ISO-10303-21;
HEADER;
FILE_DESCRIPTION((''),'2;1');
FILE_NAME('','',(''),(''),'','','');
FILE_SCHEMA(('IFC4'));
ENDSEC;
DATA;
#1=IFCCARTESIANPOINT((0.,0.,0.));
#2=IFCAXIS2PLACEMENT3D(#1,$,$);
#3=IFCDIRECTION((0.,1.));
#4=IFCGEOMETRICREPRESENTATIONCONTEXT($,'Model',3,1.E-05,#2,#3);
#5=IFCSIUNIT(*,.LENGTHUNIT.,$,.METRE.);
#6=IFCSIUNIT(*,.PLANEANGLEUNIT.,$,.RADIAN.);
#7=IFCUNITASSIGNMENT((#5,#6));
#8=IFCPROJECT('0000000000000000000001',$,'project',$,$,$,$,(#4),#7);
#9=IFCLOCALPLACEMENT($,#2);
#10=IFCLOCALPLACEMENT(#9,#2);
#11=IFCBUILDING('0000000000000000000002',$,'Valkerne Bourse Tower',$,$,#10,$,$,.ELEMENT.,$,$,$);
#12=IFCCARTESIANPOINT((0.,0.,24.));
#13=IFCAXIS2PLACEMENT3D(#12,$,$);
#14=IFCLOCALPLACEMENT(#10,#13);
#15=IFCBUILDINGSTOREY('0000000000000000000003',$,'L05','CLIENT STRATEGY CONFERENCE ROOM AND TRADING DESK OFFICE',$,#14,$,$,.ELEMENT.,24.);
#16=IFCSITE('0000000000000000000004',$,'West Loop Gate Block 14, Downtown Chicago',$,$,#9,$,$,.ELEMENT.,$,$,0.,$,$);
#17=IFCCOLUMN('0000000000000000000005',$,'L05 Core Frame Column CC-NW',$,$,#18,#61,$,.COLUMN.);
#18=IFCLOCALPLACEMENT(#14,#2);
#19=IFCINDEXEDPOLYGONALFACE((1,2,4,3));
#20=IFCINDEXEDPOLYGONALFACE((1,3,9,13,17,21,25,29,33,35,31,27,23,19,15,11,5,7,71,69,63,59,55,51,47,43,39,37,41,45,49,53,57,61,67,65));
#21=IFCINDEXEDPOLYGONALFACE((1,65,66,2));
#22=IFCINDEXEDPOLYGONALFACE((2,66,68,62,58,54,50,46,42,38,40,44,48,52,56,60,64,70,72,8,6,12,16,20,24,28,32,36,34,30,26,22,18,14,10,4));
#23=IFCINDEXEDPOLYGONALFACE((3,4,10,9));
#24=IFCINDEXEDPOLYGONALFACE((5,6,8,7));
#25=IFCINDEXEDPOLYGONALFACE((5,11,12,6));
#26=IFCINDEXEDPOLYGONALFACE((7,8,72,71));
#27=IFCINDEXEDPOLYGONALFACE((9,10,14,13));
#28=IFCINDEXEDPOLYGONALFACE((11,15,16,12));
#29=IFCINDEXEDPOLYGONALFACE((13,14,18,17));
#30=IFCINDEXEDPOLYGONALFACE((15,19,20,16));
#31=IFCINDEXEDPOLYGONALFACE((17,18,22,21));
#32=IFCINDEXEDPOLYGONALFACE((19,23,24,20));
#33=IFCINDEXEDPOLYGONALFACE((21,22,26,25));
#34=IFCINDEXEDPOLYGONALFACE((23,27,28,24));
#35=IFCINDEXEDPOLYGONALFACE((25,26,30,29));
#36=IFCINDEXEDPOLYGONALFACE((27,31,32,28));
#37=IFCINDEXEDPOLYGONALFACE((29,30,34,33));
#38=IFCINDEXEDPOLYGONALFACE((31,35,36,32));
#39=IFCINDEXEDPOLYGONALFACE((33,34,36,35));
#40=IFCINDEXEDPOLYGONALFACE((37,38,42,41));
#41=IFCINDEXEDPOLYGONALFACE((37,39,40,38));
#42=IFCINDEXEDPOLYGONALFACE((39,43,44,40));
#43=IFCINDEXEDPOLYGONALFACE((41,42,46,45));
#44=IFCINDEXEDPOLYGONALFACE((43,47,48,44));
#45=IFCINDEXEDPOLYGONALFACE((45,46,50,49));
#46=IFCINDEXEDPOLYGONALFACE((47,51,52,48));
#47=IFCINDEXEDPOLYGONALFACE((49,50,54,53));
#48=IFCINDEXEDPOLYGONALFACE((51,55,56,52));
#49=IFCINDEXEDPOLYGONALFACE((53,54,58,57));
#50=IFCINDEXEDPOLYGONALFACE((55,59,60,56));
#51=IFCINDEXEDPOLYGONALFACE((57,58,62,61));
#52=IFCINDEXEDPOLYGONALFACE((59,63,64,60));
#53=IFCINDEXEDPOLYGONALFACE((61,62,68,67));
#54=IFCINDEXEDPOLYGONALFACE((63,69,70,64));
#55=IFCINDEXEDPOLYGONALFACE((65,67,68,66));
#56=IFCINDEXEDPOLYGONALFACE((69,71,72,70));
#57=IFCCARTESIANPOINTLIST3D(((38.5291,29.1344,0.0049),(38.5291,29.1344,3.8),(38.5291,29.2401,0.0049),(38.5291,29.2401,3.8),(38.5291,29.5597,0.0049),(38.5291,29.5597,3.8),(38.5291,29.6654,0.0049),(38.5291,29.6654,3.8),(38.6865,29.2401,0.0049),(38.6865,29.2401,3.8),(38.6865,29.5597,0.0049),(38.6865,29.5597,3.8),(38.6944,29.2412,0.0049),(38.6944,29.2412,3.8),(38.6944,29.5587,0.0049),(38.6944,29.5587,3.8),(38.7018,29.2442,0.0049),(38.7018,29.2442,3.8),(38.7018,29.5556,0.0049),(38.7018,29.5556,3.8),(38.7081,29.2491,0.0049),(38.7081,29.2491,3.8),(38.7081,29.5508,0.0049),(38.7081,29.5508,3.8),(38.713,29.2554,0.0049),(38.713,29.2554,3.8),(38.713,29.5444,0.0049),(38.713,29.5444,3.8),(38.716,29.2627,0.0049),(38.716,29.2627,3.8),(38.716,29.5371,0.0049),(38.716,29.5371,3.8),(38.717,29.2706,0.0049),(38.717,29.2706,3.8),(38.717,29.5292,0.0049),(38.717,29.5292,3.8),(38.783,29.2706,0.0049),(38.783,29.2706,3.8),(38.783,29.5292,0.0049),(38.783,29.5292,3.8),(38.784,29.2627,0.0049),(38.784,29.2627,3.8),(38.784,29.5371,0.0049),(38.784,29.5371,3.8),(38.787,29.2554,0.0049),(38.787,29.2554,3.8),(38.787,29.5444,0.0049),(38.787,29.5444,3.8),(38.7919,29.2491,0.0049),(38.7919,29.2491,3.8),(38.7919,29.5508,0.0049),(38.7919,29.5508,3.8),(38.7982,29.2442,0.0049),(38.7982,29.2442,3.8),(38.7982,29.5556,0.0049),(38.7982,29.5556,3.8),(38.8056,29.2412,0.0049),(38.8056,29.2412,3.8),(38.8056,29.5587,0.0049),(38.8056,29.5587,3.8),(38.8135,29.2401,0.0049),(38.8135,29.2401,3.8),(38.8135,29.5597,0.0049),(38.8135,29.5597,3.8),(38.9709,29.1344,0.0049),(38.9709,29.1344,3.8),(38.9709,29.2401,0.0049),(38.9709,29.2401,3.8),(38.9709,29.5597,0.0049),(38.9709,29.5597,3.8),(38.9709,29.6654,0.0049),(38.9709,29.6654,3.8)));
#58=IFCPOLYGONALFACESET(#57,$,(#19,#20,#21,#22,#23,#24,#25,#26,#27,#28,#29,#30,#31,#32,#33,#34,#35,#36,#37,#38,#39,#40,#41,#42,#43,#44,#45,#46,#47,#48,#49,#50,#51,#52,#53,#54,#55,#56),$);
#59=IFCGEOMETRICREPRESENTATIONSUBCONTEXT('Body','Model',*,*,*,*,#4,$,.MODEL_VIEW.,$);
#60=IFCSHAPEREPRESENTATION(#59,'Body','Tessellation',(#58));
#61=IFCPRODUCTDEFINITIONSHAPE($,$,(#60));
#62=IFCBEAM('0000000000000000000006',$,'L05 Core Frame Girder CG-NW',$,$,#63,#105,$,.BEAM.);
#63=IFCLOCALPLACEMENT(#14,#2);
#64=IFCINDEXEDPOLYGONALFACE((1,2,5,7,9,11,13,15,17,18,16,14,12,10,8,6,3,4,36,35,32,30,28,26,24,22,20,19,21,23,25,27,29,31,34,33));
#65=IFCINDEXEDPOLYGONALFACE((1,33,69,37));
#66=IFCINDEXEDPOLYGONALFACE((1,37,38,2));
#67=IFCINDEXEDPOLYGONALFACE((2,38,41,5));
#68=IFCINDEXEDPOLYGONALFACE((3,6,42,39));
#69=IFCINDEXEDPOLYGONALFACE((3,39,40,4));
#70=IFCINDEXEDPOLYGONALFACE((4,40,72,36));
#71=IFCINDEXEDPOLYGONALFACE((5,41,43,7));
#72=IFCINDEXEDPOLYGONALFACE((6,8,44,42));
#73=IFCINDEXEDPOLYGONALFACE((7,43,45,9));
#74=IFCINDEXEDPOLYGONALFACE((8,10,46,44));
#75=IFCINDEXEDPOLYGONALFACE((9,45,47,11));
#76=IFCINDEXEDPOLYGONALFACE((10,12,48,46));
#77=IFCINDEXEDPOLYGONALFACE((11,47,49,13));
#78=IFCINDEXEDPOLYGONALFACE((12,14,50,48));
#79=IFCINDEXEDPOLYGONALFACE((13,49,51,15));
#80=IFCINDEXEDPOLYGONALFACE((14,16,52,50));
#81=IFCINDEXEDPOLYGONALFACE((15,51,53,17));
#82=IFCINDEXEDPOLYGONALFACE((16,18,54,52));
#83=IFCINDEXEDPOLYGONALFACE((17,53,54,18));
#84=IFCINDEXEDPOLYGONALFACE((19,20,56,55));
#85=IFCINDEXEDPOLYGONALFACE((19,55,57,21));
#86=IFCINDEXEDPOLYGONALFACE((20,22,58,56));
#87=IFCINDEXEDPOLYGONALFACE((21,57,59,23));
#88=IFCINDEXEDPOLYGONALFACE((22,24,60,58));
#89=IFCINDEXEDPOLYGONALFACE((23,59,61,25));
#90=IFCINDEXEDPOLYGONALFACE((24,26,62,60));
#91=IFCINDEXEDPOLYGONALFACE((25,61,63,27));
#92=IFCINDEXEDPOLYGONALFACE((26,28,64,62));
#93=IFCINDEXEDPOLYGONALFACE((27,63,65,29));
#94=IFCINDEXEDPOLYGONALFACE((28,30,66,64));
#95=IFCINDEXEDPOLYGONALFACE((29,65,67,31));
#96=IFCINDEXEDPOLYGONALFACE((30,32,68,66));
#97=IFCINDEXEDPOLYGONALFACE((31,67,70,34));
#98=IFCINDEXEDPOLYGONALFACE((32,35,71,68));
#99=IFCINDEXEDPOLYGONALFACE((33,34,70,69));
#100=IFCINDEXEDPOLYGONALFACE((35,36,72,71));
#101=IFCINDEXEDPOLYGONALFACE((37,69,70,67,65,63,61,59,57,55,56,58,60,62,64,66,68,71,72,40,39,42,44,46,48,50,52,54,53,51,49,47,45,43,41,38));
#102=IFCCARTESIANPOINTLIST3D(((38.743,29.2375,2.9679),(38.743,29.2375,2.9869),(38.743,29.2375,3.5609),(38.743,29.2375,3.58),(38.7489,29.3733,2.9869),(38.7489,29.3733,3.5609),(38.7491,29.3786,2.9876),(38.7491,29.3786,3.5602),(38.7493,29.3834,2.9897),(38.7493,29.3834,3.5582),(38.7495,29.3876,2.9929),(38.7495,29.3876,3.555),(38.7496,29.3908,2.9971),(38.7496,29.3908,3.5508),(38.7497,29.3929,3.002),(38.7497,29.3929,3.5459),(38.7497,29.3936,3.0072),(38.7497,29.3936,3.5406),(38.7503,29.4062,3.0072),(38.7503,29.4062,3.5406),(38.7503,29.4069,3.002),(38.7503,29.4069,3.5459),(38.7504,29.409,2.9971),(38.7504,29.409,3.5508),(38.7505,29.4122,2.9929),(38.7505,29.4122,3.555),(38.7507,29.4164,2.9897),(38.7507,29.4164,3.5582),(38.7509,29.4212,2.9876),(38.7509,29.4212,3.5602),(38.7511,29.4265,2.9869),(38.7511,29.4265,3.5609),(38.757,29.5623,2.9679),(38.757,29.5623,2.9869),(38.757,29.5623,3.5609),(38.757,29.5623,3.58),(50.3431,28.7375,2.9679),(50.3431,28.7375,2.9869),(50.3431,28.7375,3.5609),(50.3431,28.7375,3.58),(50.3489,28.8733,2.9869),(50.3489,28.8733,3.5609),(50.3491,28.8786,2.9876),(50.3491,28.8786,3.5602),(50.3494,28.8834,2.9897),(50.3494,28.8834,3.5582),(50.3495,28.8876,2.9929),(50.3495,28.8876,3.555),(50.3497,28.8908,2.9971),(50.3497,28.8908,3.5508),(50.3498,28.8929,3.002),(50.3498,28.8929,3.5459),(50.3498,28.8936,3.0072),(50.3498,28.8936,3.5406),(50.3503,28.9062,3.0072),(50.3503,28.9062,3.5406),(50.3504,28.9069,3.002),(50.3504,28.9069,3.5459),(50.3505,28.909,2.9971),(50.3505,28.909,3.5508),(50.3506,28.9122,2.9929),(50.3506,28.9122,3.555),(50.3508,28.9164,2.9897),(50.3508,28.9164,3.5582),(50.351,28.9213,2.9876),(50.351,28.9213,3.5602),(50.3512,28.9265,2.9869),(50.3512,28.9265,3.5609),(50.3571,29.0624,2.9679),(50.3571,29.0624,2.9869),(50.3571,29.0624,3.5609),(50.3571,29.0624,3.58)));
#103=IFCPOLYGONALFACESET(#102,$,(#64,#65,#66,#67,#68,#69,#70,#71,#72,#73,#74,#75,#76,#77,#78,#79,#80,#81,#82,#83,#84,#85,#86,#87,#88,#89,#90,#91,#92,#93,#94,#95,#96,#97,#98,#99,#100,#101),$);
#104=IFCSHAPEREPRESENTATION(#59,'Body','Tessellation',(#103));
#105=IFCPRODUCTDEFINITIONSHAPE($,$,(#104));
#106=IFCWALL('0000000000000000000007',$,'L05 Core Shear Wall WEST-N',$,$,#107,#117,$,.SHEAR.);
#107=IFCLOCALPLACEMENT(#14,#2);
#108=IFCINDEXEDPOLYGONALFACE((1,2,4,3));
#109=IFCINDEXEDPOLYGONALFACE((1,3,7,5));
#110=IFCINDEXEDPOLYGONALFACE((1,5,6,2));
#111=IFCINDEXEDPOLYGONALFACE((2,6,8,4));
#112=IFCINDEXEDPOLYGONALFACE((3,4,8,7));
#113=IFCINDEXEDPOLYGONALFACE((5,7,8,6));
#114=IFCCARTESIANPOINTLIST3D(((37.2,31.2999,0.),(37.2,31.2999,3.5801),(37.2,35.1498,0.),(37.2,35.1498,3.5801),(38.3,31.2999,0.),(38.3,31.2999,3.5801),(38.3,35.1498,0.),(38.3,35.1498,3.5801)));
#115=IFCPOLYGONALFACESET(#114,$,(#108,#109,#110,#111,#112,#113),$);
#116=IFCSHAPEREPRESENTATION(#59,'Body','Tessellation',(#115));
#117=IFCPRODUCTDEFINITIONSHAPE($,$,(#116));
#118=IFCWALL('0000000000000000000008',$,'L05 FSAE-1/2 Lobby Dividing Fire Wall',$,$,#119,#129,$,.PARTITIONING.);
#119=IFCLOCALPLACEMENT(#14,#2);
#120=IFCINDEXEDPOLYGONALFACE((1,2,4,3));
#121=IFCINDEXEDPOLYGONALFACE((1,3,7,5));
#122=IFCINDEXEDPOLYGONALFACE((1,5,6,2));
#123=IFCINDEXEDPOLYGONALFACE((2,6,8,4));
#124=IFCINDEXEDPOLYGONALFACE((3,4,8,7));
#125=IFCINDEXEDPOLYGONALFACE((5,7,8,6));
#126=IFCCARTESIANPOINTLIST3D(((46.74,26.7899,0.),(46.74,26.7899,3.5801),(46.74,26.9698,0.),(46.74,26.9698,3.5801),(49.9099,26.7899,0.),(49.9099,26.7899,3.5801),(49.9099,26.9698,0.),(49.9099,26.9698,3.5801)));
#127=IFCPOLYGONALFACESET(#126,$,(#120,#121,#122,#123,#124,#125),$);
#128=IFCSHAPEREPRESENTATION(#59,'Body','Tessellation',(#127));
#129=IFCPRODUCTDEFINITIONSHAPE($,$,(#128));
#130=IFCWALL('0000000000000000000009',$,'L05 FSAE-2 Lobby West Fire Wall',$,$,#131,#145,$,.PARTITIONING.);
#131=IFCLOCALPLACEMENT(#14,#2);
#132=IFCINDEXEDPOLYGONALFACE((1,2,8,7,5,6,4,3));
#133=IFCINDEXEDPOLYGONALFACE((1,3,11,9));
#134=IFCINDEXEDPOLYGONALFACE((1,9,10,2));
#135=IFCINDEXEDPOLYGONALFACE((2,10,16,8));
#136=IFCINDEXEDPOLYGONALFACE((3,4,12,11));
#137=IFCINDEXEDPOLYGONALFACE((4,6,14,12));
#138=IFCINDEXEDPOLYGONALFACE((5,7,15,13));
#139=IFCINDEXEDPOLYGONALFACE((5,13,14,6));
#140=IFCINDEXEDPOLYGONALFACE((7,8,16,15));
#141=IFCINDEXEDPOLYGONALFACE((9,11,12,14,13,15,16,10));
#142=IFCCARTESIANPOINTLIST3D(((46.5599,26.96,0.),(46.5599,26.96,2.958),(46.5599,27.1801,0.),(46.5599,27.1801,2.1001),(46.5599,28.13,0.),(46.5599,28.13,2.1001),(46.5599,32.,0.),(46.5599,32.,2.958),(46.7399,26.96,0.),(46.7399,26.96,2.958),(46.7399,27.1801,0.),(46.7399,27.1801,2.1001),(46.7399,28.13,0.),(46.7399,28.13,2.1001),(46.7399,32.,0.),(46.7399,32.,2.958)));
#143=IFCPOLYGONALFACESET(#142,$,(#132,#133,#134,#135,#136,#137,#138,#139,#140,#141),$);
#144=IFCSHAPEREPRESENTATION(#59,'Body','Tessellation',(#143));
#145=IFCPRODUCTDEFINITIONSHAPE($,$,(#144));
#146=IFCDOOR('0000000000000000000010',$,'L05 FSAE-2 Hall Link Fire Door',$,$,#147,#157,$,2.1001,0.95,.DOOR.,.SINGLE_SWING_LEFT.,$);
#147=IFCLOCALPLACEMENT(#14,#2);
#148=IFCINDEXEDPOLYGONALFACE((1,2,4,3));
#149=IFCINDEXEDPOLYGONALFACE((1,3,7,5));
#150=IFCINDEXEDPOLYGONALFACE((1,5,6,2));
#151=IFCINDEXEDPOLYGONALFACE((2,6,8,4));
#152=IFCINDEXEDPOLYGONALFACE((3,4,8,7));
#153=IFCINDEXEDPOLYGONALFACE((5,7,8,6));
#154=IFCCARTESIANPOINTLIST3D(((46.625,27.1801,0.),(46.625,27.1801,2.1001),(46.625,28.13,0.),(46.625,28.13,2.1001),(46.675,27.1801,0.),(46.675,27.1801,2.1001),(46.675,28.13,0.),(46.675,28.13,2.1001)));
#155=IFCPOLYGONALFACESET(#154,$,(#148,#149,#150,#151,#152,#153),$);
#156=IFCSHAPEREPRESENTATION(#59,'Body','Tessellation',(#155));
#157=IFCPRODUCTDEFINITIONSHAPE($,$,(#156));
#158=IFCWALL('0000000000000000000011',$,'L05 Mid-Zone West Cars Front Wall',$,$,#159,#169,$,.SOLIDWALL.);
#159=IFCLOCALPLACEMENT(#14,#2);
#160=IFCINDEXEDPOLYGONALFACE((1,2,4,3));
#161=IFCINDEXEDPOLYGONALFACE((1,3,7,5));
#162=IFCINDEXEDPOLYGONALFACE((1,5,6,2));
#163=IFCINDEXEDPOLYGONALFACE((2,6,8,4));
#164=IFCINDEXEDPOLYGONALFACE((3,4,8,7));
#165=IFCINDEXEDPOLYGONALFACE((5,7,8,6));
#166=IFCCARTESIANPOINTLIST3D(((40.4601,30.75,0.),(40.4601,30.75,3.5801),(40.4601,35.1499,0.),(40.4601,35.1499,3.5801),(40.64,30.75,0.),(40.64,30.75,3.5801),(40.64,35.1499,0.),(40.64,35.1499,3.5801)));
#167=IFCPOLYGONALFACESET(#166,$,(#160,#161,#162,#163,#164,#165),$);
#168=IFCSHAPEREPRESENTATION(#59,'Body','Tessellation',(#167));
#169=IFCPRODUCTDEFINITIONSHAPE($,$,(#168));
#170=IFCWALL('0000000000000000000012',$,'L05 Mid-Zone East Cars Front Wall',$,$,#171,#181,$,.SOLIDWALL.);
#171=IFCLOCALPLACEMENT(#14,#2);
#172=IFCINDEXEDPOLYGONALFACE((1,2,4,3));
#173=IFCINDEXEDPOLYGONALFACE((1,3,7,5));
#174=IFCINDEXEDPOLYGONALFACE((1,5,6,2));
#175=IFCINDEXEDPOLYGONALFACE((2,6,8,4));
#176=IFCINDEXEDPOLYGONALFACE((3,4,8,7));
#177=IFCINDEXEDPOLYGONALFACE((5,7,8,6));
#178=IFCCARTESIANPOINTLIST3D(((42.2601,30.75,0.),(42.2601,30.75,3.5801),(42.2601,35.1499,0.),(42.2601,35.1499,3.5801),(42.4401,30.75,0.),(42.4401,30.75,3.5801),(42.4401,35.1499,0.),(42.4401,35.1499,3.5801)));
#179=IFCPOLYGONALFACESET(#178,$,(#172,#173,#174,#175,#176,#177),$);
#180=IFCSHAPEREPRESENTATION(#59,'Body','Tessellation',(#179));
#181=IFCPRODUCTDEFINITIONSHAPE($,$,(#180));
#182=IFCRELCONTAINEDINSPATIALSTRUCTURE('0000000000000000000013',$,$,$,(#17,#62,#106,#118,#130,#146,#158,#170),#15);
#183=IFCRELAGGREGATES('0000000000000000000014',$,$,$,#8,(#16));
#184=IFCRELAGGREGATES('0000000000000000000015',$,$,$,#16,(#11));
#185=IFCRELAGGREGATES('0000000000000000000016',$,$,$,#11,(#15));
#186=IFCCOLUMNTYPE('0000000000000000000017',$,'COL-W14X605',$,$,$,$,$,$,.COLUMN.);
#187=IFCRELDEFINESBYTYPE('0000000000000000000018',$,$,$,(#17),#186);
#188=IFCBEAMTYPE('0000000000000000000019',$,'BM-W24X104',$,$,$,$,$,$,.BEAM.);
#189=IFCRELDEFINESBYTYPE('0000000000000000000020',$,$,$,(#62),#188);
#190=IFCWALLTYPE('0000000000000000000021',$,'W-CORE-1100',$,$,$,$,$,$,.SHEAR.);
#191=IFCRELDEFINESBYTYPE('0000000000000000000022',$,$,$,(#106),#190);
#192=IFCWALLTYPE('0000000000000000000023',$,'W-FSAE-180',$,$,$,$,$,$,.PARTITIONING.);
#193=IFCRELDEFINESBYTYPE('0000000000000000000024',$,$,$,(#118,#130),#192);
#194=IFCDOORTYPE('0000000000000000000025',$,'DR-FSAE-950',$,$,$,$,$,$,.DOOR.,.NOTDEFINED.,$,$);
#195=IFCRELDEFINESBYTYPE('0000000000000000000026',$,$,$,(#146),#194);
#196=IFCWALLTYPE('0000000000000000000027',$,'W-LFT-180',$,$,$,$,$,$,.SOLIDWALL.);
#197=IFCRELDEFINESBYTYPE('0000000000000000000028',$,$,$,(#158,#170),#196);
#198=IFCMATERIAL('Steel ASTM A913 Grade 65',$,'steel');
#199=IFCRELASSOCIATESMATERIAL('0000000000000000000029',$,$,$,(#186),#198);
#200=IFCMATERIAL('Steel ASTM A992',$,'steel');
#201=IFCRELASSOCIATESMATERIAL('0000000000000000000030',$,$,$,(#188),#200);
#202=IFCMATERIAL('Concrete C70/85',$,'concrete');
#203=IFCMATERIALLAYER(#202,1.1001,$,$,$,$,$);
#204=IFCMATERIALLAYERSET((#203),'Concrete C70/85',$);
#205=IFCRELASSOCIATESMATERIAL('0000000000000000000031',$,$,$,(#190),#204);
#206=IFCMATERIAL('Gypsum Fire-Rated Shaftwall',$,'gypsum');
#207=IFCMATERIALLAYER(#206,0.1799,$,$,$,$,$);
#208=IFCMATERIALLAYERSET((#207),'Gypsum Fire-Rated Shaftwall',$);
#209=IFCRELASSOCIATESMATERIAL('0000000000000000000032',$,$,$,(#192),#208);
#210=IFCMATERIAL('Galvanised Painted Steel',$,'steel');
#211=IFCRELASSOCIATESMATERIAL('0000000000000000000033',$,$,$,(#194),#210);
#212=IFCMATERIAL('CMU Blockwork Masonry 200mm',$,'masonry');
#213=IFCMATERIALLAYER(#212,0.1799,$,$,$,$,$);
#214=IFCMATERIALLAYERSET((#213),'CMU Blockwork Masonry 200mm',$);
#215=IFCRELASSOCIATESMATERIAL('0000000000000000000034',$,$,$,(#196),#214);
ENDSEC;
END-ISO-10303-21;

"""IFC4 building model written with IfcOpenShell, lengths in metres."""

from ifc_helpers import new_model, si_unit, direction, frame, frame_2d, origin, origin_2d, place, context, subcontext, project, spatial, rectangle, i_section, extrude, material, layer, layer_set, material_profile, profile_set, type_object, element, fill, save


model = new_model("IFC4")

# Units and contexts
model_context = context("Model", 3, precision=1e-05, world=origin(), true_north=direction((0.0, 1.0)))
body_context = subcontext(model_context, "Body", "Model", "MODEL_VIEW")
ifc_project = project(units=[si_unit("LENGTHUNIT", "METRE"), si_unit("PLANEANGLEUNIT", "RADIAN")], contexts=[model_context])

# Site, building, storey
site_placement = place(None, origin())
site = spatial("IfcSite", under=ifc_project, at=site_placement, Name="West Loop Gate Block 14, Downtown Chicago", CompositionType="ELEMENT", RefElevation=0.0)
building_placement = place(site_placement, origin())
building = spatial("IfcBuilding", under=site, at=building_placement, Name="Valkerne Bourse Tower", CompositionType="ELEMENT")
storey_placement = place(building_placement, frame((0.0, 0.0, 24.0)))
storey = spatial("IfcBuildingStorey", under=building, at=storey_placement, Name="L05", Description="CLIENT STRATEGY CONFERENCE ROOM AND TRADING DESK OFFICE", CompositionType="ELEMENT", Elevation=24.0)

# Column
ifc_material_1 = material(Name="Steel ASTM A913 Grade 65", Category="steel")
ifc_material_profile_1 = material_profile(ifc_material_1, i_section(OverallWidth=0.4419, OverallDepth=0.531, WebThickness=0.0659, FlangeThickness=0.1057, FilletRadius=0.0305, at=origin_2d()), Name="W14X605")
ifc_profile_set_1 = profile_set([ifc_material_profile_1], Name="Steel ASTM A913 Grade 65")
column_type = type_object("IfcColumnType", Name="COL-W14X605", PredefinedType="COLUMN", material=ifc_profile_set_1)
column_placement = place(storey_placement, frame((38.75, 29.3999, 0.0049), z_axis=(0.0, 0.0, 1.0), x_axis=(1.0, 0.0, 0.0)))
element("IfcColumn", 1, at=column_placement, inside=storey, type_object=column_type, Name="L05 Core Frame Column CC-NW", PredefinedType="COLUMN", context=body_context, shape_type="SweptSolid", body=[
    extrude(i_section(OverallWidth=0.4419, OverallDepth=0.531, WebThickness=0.0659, FlangeThickness=0.1057, FilletRadius=0.0305, at=origin_2d()), origin(), (0.0, 0.0, 1.0), 3.7952),
])

# Beam
ifc_material_2 = material(Name="Steel ASTM A992", Category="steel")
ifc_material_profile_2 = material_profile(ifc_material_2, i_section(OverallWidth=0.3252, OverallDepth=0.6121, WebThickness=0.0127, FlangeThickness=0.019, FilletRadius=0.0203, at=origin_2d()), Name="W24X104")
ifc_profile_set_2 = profile_set([ifc_material_profile_2], Name="Steel ASTM A992")
beam_type = type_object("IfcBeamType", Name="BM-W24X104", PredefinedType="BEAM", material=ifc_profile_set_2)
beam_placement = place(storey_placement, frame((38.75, 29.3999, 3.2739), z_axis=(0.999072, -0.043063, 0.0), x_axis=(0.043063, 0.999072, 0.0)))
element("IfcBeam", 2, at=beam_placement, inside=storey, type_object=beam_type, Name="L05 Core Frame Girder CG-NW", PredefinedType="BEAM", context=body_context, shape_type="SweptSolid", body=[
    extrude(i_section(OverallWidth=0.3252, OverallDepth=0.6121, WebThickness=0.0127, FlangeThickness=0.019, FilletRadius=0.0203, at=origin_2d()), origin(), (0.0, 0.0, 1.0), 11.6108),
])

# Shared definitions
ifc_material_3 = material(Name="Concrete C70/85", Category="concrete")
ifc_layer_1 = layer(ifc_material_3, 1.1001)
ifc_layer_set_1 = layer_set([ifc_layer_1], Name="Concrete C70/85")
wall_type_1 = type_object("IfcWallType", Name="W-CORE-1100", PredefinedType="SHEAR", material=ifc_layer_set_1)
ifc_material_4 = material(Name="Galvanised Painted Steel", Category="steel")

# Walls
wall_1_placement = place(storey_placement, frame((37.75, 31.3, 0.0), z_axis=(0.0, 0.0, 1.0), x_axis=(0.0, 1.0, 0.0)))
element("IfcWall", 3, at=wall_1_placement, inside=storey, type_object=wall_type_1, Name="L05 Core Shear Wall WEST-N", PredefinedType="SHEAR", context=body_context, shape_type="SweptSolid", body=[
    extrude(rectangle(XDim=3.8499, YDim=1.1001, at=frame_2d((1.9248, 0.0))), origin(), (0.0, 0.0, 1.0), 3.5801),
])
ifc_material_5 = material(Name="Gypsum Fire-Rated Shaftwall", Category="gypsum")
ifc_layer_2 = layer(ifc_material_5, 0.1799)
ifc_layer_set_2 = layer_set([ifc_layer_2], Name="Gypsum Fire-Rated Shaftwall")
wall_type_2 = type_object("IfcWallType", Name="W-FSAE-180", PredefinedType="PARTITIONING", material=ifc_layer_set_2)
wall_2_placement = place(storey_placement, frame((46.74, 26.8799, 0.0), z_axis=(0.0, 0.0, 1.0), x_axis=(1.0, 0.0, 0.0)))
element("IfcWall", 4, at=wall_2_placement, inside=storey, type_object=wall_type_2, Name="L05 FSAE-1/2 Lobby Dividing Fire Wall", PredefinedType="PARTITIONING", context=body_context, shape_type="SweptSolid", body=[
    extrude(rectangle(XDim=3.1699, YDim=0.1799, at=frame_2d((1.585, 0.0))), origin(), (0.0, 0.0, 1.0), 3.5801),
])

# Wall, opening, door
wall_3_placement = place(storey_placement, frame((46.6499, 26.96, 0.0), z_axis=(0.0, 0.0, 1.0), x_axis=(0.0, 1.0, 0.0)))
wall_3 = element("IfcWall", 5, at=wall_3_placement, inside=storey, type_object=wall_type_2, Name="L05 FSAE-2 Lobby West Fire Wall", PredefinedType="PARTITIONING", context=body_context, shape_type="SweptSolid", body=[
    extrude(rectangle(XDim=5.04, YDim=0.1799, at=frame_2d((2.52, 0.0))), origin(), (0.0, 0.0, 1.0), 2.958),
])
opening_1_placement = place(wall_3_placement, frame((0.22, 0.0, 0.0)))
opening_1 = element("IfcOpeningElement", 6, at=opening_1_placement, cuts=wall_3, PredefinedType="OPENING", context=body_context, shape_type="SweptSolid", body=[
    extrude(rectangle(XDim=0.95, YDim=2.1001, at=frame_2d((0.4751, 1.05))), frame((0.0, 0.0999, 0.0), z_axis=(0.0, -1.0, 0.0), x_axis=(1.0, 0.0, 0.0)), (0.0, 0.0, 1.0), 0.2),
])
door_type_1 = type_object("IfcDoorType", Name="DR-FSAE-950", OperationType="NOTDEFINED", PredefinedType="DOOR", material=ifc_material_4)
door_1_placement = place(opening_1_placement, origin())
door_1 = element("IfcDoor", 7, at=door_1_placement, inside=storey, type_object=door_type_1, Name="L05 FSAE-2 Hall Link Fire Door", OperationType="SINGLE_SWING_LEFT", OverallHeight=2.1001, OverallWidth=0.95, PredefinedType="DOOR", context=body_context, shape_type="SweptSolid", body=[
    extrude(rectangle(XDim=0.95, YDim=2.1001, at=frame_2d((0.4751, 1.05))), frame((0.0, 0.0249, 0.0), z_axis=(0.0, -1.0, 0.0), x_axis=(1.0, 0.0, 0.0)), (0.0, 0.0, 1.0), 0.05),
])
fill(opening_1, door_1)

# Walls
ifc_material_6 = material(Name="CMU Blockwork Masonry 200mm", Category="masonry")
ifc_layer_3 = layer(ifc_material_6, 0.1799)
ifc_layer_set_3 = layer_set([ifc_layer_3], Name="CMU Blockwork Masonry 200mm")
wall_type_3 = type_object("IfcWallType", Name="W-LFT-180", PredefinedType="SOLIDWALL", material=ifc_layer_set_3)
for number, where, z_axis, x_axis, name in (
    (8, (40.55, 30.75, 0.0), (0.0, 0.0, 1.0), (0.0, 1.0, 0.0), "L05 Mid-Zone West Cars Front Wall"),
    (9, (42.3501, 30.75, 0.0), (0.0, 0.0, 1.0), (0.0, 1.0, 0.0), "L05 Mid-Zone East Cars Front Wall"),
):
    element("IfcWall", number, at=place(storey_placement, frame(where, z_axis=z_axis, x_axis=x_axis)), inside=storey, type_object=wall_type_3, Name=name, PredefinedType="SOLIDWALL", context=body_context, shape_type="SweptSolid", body=[
        extrude(rectangle(XDim=4.3999, YDim=0.1799, at=frame_2d((2.2, 0.0))), origin(), (0.0, 0.0, 1.0), 3.5801),
    ])

save(model, "model.ifc")
